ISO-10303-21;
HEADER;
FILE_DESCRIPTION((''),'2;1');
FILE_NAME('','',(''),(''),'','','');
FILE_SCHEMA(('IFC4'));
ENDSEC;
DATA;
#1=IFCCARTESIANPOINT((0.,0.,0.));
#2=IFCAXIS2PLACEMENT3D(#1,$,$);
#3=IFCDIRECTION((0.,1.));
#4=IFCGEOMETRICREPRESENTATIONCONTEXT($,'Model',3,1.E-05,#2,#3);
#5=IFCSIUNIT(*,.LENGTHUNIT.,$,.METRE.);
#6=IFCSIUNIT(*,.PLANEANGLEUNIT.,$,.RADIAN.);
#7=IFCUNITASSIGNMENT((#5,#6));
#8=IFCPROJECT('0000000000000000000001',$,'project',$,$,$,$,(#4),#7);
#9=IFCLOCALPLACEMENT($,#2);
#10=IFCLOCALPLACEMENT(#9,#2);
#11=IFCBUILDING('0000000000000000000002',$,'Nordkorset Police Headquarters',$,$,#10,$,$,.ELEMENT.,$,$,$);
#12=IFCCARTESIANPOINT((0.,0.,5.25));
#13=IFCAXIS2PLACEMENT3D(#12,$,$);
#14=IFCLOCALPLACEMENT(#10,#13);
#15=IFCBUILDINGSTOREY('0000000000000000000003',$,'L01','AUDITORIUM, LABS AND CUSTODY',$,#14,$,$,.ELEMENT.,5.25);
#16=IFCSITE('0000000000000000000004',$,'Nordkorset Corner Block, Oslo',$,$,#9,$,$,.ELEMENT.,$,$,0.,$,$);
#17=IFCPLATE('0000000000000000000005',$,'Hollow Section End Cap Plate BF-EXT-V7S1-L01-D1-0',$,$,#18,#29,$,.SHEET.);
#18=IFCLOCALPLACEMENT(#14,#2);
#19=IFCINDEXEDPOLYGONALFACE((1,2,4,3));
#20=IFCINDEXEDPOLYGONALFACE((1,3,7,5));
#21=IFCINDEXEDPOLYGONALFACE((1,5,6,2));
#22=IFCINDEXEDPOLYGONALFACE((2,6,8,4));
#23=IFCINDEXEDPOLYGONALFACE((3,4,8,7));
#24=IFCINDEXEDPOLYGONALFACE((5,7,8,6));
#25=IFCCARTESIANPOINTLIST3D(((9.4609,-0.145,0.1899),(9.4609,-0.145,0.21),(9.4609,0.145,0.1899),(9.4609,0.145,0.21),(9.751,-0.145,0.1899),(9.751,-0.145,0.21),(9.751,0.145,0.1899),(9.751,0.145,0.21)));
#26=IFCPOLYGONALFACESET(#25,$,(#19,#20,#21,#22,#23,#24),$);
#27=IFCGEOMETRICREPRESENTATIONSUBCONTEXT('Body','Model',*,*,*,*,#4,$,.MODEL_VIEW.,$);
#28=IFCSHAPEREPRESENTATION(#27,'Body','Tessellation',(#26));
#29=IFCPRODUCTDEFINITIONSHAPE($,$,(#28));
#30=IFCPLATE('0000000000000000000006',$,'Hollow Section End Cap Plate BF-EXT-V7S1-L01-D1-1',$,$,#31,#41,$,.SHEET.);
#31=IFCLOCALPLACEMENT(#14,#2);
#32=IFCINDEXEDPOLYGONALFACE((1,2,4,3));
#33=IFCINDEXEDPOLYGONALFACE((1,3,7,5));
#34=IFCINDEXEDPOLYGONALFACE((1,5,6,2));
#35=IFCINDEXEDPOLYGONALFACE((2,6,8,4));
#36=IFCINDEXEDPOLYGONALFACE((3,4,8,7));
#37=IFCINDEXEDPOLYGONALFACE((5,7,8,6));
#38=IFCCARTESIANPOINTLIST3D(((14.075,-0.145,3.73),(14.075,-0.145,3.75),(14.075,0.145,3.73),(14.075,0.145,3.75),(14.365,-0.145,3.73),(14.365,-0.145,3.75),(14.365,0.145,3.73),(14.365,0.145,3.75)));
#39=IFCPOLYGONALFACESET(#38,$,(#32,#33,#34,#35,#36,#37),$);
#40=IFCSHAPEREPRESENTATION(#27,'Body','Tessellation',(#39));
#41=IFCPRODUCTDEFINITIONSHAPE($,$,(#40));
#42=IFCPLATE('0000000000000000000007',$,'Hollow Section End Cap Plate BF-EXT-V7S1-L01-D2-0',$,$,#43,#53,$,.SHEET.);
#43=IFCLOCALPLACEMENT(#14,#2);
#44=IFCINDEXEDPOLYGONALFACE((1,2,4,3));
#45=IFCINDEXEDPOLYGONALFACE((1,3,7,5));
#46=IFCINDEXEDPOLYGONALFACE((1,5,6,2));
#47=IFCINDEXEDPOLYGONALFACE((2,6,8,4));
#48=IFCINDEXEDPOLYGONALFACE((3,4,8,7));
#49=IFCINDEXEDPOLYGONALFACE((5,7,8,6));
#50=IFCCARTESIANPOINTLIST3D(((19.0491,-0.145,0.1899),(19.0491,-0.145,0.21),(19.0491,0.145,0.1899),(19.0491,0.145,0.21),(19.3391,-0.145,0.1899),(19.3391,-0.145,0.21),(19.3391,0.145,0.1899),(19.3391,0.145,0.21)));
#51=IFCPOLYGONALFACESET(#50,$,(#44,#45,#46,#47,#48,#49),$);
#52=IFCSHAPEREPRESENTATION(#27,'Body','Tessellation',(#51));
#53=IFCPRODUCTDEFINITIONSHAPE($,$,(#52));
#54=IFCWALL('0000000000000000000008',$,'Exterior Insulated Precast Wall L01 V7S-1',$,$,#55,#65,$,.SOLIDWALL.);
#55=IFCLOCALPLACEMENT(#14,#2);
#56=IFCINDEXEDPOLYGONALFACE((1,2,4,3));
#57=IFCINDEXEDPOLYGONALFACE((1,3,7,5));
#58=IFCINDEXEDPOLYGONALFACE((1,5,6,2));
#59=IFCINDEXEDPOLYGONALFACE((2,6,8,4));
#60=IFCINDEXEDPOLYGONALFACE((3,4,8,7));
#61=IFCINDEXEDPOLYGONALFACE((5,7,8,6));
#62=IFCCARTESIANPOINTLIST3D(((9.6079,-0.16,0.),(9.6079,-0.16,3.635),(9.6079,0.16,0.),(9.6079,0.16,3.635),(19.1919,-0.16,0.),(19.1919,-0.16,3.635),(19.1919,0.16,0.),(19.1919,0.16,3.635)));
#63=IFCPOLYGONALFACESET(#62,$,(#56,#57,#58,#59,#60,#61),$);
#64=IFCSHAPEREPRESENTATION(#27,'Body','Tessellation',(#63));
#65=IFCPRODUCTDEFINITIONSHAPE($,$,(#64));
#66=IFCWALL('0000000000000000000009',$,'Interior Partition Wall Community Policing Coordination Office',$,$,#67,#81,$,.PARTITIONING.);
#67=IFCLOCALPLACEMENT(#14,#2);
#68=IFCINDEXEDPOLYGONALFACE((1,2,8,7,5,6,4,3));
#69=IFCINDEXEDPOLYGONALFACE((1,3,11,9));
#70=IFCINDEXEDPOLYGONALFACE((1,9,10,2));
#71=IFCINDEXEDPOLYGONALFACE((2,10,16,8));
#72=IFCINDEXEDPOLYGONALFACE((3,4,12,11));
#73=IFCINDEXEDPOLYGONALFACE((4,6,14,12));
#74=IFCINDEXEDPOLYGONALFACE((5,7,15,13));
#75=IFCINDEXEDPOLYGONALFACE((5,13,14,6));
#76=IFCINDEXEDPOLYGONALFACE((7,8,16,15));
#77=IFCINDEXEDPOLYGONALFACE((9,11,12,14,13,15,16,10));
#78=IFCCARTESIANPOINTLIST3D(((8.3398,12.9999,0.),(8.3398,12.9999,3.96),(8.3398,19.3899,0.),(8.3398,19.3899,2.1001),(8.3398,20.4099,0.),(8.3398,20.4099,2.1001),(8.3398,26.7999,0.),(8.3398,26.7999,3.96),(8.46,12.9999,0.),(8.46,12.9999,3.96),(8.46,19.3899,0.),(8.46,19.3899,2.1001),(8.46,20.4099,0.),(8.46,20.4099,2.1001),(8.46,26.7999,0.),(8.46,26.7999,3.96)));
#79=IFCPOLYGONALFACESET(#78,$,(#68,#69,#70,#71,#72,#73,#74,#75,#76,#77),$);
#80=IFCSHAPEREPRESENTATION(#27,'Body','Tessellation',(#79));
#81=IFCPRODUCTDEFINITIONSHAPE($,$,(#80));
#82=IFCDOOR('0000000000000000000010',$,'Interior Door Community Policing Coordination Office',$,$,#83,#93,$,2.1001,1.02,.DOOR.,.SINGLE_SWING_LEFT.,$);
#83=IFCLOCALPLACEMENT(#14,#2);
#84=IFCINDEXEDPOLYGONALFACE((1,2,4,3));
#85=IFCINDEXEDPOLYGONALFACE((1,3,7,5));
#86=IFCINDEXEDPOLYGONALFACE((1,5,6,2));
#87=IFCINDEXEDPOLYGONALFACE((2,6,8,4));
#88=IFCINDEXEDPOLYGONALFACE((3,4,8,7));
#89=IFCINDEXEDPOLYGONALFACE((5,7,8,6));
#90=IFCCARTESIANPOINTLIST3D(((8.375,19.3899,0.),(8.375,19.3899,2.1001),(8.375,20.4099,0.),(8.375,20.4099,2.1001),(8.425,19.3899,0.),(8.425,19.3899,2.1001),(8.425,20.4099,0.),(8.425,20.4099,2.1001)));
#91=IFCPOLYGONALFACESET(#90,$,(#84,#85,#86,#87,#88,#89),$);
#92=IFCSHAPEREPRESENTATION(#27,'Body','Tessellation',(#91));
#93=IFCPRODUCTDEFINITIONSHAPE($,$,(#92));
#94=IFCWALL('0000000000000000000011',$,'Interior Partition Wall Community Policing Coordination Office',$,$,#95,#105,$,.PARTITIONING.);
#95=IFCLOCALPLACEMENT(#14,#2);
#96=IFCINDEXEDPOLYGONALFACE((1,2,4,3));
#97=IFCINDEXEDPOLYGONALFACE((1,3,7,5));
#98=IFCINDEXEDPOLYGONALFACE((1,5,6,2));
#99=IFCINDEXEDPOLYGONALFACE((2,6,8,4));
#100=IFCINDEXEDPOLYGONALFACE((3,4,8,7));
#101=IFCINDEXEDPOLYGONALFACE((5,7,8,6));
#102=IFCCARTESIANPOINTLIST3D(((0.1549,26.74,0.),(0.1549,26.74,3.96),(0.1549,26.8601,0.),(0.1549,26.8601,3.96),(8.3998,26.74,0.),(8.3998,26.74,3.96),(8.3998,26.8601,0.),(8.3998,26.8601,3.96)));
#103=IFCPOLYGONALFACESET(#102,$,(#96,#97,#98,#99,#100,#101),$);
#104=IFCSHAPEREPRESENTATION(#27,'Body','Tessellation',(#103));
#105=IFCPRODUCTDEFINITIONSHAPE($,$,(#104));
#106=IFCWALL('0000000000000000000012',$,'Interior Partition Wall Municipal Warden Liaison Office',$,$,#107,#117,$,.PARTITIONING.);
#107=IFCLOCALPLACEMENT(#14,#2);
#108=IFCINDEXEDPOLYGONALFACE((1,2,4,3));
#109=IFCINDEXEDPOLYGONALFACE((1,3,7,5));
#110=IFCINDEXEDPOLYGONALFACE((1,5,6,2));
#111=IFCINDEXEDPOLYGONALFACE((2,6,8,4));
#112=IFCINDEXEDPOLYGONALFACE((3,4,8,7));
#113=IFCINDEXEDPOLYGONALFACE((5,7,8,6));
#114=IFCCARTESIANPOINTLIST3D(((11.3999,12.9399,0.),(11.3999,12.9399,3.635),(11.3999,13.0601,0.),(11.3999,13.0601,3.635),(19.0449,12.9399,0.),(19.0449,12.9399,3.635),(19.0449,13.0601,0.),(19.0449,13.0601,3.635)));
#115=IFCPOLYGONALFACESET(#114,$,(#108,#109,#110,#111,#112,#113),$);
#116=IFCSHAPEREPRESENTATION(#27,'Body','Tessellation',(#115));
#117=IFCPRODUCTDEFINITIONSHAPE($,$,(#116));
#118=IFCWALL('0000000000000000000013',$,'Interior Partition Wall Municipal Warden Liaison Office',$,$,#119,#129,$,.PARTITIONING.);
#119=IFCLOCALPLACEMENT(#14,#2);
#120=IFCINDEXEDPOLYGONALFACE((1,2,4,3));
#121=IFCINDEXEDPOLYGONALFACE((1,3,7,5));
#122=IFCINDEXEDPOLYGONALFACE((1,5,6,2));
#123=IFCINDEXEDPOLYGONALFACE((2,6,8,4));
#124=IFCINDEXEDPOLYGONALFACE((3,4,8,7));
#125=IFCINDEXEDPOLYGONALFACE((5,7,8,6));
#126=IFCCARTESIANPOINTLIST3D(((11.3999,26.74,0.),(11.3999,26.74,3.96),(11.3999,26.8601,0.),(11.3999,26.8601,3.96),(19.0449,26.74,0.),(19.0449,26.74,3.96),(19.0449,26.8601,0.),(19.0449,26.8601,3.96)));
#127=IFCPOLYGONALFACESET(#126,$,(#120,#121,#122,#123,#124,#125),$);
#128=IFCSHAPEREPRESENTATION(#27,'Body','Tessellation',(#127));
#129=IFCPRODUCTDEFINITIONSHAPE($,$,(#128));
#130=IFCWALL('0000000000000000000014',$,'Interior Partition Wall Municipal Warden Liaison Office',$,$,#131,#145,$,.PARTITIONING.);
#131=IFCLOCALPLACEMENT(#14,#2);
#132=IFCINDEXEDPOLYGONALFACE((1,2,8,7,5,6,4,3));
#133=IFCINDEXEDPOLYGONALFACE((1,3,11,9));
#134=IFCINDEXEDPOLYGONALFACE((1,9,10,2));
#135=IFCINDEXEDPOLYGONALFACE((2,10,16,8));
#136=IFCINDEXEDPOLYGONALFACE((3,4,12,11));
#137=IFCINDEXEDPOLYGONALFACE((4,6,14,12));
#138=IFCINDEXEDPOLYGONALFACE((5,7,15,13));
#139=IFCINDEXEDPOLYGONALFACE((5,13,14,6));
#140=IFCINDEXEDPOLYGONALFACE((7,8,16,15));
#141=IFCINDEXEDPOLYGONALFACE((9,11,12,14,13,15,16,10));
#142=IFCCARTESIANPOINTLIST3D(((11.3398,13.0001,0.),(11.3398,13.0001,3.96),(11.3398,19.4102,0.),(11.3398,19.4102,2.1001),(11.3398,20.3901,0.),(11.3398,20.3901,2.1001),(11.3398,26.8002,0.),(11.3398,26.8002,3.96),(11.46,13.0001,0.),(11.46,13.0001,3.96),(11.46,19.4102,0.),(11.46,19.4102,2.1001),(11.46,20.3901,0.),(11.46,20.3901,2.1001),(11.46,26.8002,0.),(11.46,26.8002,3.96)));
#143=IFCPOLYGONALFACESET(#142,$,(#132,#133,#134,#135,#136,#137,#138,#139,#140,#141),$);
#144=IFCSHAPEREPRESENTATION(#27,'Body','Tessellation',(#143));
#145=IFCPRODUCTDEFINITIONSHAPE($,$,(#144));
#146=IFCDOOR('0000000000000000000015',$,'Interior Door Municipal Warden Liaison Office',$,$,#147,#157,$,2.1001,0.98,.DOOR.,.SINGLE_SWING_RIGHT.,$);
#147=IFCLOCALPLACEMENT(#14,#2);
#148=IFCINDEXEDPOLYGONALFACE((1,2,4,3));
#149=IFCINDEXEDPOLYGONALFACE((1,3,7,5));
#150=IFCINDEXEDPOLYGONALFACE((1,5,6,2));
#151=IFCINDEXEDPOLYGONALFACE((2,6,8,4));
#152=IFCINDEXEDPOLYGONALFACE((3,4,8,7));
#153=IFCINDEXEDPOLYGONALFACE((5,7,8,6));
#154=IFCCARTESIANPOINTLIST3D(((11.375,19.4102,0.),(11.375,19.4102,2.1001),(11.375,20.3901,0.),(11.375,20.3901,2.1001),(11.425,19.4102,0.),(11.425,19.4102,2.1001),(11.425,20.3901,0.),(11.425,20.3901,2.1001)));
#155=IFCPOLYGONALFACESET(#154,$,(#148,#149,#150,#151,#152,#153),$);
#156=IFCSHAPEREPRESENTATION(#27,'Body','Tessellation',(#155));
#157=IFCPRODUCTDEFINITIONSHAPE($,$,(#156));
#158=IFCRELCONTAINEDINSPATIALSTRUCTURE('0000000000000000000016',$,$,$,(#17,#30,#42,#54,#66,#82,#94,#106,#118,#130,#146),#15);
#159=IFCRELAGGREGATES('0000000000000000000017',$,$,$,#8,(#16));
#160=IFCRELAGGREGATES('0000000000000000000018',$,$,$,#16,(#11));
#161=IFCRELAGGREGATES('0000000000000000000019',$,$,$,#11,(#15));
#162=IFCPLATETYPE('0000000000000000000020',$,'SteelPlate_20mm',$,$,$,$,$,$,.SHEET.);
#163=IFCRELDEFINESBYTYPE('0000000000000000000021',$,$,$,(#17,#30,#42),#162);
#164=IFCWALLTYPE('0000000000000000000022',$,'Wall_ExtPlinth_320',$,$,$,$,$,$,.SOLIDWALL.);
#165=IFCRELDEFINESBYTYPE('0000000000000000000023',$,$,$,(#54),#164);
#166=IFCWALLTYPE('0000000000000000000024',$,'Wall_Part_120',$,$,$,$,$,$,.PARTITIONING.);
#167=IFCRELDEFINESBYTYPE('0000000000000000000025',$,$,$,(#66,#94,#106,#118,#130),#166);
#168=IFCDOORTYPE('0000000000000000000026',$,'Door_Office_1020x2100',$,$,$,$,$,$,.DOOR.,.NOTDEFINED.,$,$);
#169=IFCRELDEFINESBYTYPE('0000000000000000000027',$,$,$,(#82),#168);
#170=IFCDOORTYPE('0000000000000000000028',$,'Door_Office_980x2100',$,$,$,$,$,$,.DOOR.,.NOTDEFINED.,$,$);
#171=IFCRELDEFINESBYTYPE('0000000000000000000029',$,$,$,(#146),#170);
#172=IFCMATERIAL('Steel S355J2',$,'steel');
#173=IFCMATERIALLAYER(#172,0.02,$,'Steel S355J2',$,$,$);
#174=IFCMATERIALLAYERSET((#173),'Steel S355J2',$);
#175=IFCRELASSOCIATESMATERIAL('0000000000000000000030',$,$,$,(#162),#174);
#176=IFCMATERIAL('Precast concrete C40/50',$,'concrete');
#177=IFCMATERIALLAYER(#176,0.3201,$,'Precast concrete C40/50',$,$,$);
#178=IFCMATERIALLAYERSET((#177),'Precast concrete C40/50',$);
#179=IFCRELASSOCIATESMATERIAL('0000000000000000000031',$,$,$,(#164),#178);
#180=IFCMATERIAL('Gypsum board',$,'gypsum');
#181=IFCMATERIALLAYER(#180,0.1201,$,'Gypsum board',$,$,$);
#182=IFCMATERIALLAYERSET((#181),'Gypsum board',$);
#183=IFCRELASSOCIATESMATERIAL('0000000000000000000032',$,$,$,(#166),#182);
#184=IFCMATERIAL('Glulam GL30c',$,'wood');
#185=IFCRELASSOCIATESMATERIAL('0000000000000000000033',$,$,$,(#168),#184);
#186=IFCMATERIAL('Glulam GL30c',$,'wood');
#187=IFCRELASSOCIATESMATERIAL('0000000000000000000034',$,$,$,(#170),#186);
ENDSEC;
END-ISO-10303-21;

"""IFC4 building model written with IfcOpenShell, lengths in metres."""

from ifc_helpers import new_model, si_unit, direction, frame, frame_2d, origin, origin_2d, place, context, subcontext, project, spatial, rectangle, extrude, material, layer, layer_set, type_object, element, fill, save


model = new_model("IFC4")

# Units and contexts
model_context = context("Model", 3, precision=1e-05, world=origin(), true_north=direction((0.0, 1.0)))
body_context = subcontext(model_context, "Body", "Model", "MODEL_VIEW")
ifc_project = project(units=[si_unit("LENGTHUNIT", "METRE"), si_unit("PLANEANGLEUNIT", "RADIAN")], contexts=[model_context])

# Site, building, storey
site_placement = place(None, origin())
site = spatial("IfcSite", under=ifc_project, at=site_placement, Name="Nordkorset Corner Block, Oslo", CompositionType="ELEMENT", RefElevation=0.0)
building_placement = place(site_placement, origin())
building = spatial("IfcBuilding", under=site, at=building_placement, Name="Nordkorset Police Headquarters", CompositionType="ELEMENT")
storey_placement = place(building_placement, frame((0.0, 0.0, 5.25)))
storey = spatial("IfcBuildingStorey", under=building, at=storey_placement, Name="L01", Description="AUDITORIUM, LABS AND CUSTODY", CompositionType="ELEMENT", Elevation=5.25)

# Plates
ifc_material_1 = material(Name="Steel S355J2", Category="steel")
ifc_layer_1 = layer(ifc_material_1, 0.02, Name="Steel S355J2")
ifc_layer_set_1 = layer_set([ifc_layer_1], Name="Steel S355J2")
plate_type = type_object("IfcPlateType", Name="SteelPlate_20mm", PredefinedType="SHEET", material=ifc_layer_set_1)
for number, where, z_axis, x_axis, name in (
    (1, (9.606, 0.0, 0.1899), (0.0, 0.0, 1.0), (1.0, 0.0, 0.0), "Hollow Section End Cap Plate BF-EXT-V7S1-L01-D1-0"),
    (2, (14.22, 0.0, 3.73), (0.0, 0.0, 1.0), (1.0, 0.0, 0.0), "Hollow Section End Cap Plate BF-EXT-V7S1-L01-D1-1"),
    (3, (19.1941, 0.0, 0.1899), (0.0, 0.0, 1.0), (1.0, 0.0, 0.0), "Hollow Section End Cap Plate BF-EXT-V7S1-L01-D2-0"),
):
    element("IfcPlate", number, at=place(storey_placement, frame(where, z_axis=z_axis, x_axis=x_axis)), inside=storey, type_object=plate_type, Name=name, PredefinedType="SHEET", context=body_context, shape_type="SweptSolid", body=[
        extrude(rectangle(XDim=0.29, YDim=0.29, at=origin_2d()), origin(), (0.0, 0.0, 1.0), 0.02),
    ])

# Wall
ifc_material_2 = material(Name="Precast concrete C40/50", Category="concrete")
ifc_layer_2 = layer(ifc_material_2, 0.3201, Name="Precast concrete C40/50")
ifc_layer_set_2 = layer_set([ifc_layer_2], Name="Precast concrete C40/50")
wall_type_1 = type_object("IfcWallType", Name="Wall_ExtPlinth_320", PredefinedType="SOLIDWALL", material=ifc_layer_set_2)
wall_1_placement = place(storey_placement, frame((9.6079, 0.0, 0.0), z_axis=(0.0, 0.0, 1.0), x_axis=(1.0, 0.0, 0.0)))
element("IfcWall", 4, at=wall_1_placement, inside=storey, type_object=wall_type_1, Name="Exterior Insulated Precast Wall L01 V7S-1", PredefinedType="SOLIDWALL", context=body_context, shape_type="SweptSolid", body=[
    extrude(rectangle(XDim=9.584, YDim=0.3201, at=frame_2d((4.792, 0.0))), origin(), (0.0, 0.0, 1.0), 3.635),
])

# Wall, opening, door
ifc_material_3 = material(Name="Gypsum board", Category="gypsum")
ifc_layer_3 = layer(ifc_material_3, 0.1201, Name="Gypsum board")
ifc_layer_set_3 = layer_set([ifc_layer_3], Name="Gypsum board")
wall_type_2 = type_object("IfcWallType", Name="Wall_Part_120", PredefinedType="PARTITIONING", material=ifc_layer_set_3)
wall_2_placement = place(storey_placement, frame((8.3999, 13.0, 0.0), z_axis=(0.0, 0.0, 1.0), x_axis=(0.0, 1.0, 0.0)))
wall_2 = element("IfcWall", 5, at=wall_2_placement, inside=storey, type_object=wall_type_2, Name="Interior Partition Wall Community Policing Coordination Office", PredefinedType="PARTITIONING", context=body_context, shape_type="SweptSolid", body=[
    extrude(rectangle(XDim=13.8, YDim=0.1201, at=frame_2d((6.8999, 0.0))), origin(), (0.0, 0.0, 1.0), 3.96),
])
opening_1_placement = place(wall_2_placement, frame((6.3899, 0.0, 0.0)))
opening_1 = element("IfcOpeningElement", 6, at=opening_1_placement, cuts=wall_2, PredefinedType="OPENING", context=body_context, shape_type="SweptSolid", body=[
    extrude(rectangle(XDim=1.02, YDim=2.1001, at=frame_2d((0.51, 1.05))), frame((0.0, 0.0701, 0.0), z_axis=(0.0, -1.0, 0.0), x_axis=(1.0, 0.0, 0.0)), (0.0, 0.0, 1.0), 0.1401),
])
ifc_material_4 = material(Name="Glulam GL30c", Category="wood")
door_type_1 = type_object("IfcDoorType", Name="Door_Office_1020x2100", OperationType="NOTDEFINED", PredefinedType="DOOR", material=ifc_material_4)
door_1_placement = place(opening_1_placement, origin())
door_1 = element("IfcDoor", 7, at=door_1_placement, inside=storey, type_object=door_type_1, Name="Interior Door Community Policing Coordination Office", OperationType="SINGLE_SWING_LEFT", OverallHeight=2.1001, OverallWidth=1.02, PredefinedType="DOOR", context=body_context, shape_type="SweptSolid", body=[
    extrude(rectangle(XDim=1.02, YDim=2.1001, at=frame_2d((0.51, 1.05))), frame((0.0, 0.0249, 0.0), z_axis=(0.0, -1.0, 0.0), x_axis=(1.0, 0.0, 0.0)), (0.0, 0.0, 1.0), 0.05),
])
fill(opening_1, door_1)

# Walls
wall_3_placement = place(storey_placement, frame((8.3999, 26.8, 0.0), z_axis=(0.0, 0.0, 1.0), x_axis=(-1.0, 0.0, 0.0)))
element("IfcWall", 8, at=wall_3_placement, inside=storey, type_object=wall_type_2, Name="Interior Partition Wall Community Policing Coordination Office", PredefinedType="PARTITIONING", context=body_context, shape_type="SweptSolid", body=[
    extrude(rectangle(XDim=8.2449, YDim=0.1201, at=frame_2d((4.1226, 0.0))), origin(), (0.0, 0.0, 1.0), 3.96),
])
wall_4_placement = place(storey_placement, frame((11.3999, 13.0, 0.0), z_axis=(0.0, 0.0, 1.0), x_axis=(1.0, 0.0, 0.0)))
element("IfcWall", 9, at=wall_4_placement, inside=storey, type_object=wall_type_2, Name="Interior Partition Wall Municipal Warden Liaison Office", PredefinedType="PARTITIONING", context=body_context, shape_type="SweptSolid", body=[
    extrude(rectangle(XDim=7.645, YDim=0.1201, at=frame_2d((3.8225, 0.0))), origin(), (0.0, 0.0, 1.0), 3.635),
])
wall_5_placement = place(storey_placement, frame((19.0449, 26.8, 0.0), z_axis=(0.0, 0.0, 1.0), x_axis=(-1.0, 0.0, 0.0)))
element("IfcWall", 10, at=wall_5_placement, inside=storey, type_object=wall_type_2, Name="Interior Partition Wall Municipal Warden Liaison Office", PredefinedType="PARTITIONING", context=body_context, shape_type="SweptSolid", body=[
    extrude(rectangle(XDim=7.645, YDim=0.1201, at=frame_2d((3.8225, 0.0))), origin(), (0.0, 0.0, 1.0), 3.96),
])

# Wall, opening, door
wall_6_placement = place(storey_placement, frame((11.3999, 26.8, 0.0), z_axis=(0.0, 0.0, 1.0), x_axis=(0.0, -1.0, 0.0)))
wall_6 = element("IfcWall", 11, at=wall_6_placement, inside=storey, type_object=wall_type_2, Name="Interior Partition Wall Municipal Warden Liaison Office", PredefinedType="PARTITIONING", context=body_context, shape_type="SweptSolid", body=[
    extrude(rectangle(XDim=13.8, YDim=0.1201, at=frame_2d((6.8999, 0.0))), origin(), (0.0, 0.0, 1.0), 3.96),
])
opening_2_placement = place(wall_6_placement, frame((6.4099, 0.0, 0.0)))
opening_2 = element("IfcOpeningElement", 12, at=opening_2_placement, cuts=wall_6, PredefinedType="OPENING", context=body_context, shape_type="SweptSolid", body=[
    extrude(rectangle(XDim=0.98, YDim=2.1001, at=frame_2d((0.49, 1.05))), frame((0.0, 0.0701, 0.0), z_axis=(0.0, -1.0, 0.0), x_axis=(1.0, 0.0, 0.0)), (0.0, 0.0, 1.0), 0.1401),
])
ifc_material_5 = material(Name="Glulam GL30c", Category="wood")
door_type_2 = type_object("IfcDoorType", Name="Door_Office_980x2100", OperationType="NOTDEFINED", PredefinedType="DOOR", material=ifc_material_5)
door_2_placement = place(opening_2_placement, frame((0.98, 0.0, 0.0), z_axis=(0.0, 0.0, 1.0), x_axis=(-1.0, 0.0, 0.0)))
door_2 = element("IfcDoor", 13, at=door_2_placement, inside=storey, type_object=door_type_2, Name="Interior Door Municipal Warden Liaison Office", OperationType="SINGLE_SWING_RIGHT", OverallHeight=2.1001, OverallWidth=0.98, PredefinedType="DOOR", context=body_context, shape_type="SweptSolid", body=[
    extrude(rectangle(XDim=0.98, YDim=2.1001, at=frame_2d((0.49, 1.05))), frame((0.0, 0.0249, 0.0), z_axis=(0.0, -1.0, 0.0), x_axis=(1.0, 0.0, 0.0)), (0.0, 0.0, 1.0), 0.05),
])
fill(opening_2, door_2)

save(model, "model.ifc")
